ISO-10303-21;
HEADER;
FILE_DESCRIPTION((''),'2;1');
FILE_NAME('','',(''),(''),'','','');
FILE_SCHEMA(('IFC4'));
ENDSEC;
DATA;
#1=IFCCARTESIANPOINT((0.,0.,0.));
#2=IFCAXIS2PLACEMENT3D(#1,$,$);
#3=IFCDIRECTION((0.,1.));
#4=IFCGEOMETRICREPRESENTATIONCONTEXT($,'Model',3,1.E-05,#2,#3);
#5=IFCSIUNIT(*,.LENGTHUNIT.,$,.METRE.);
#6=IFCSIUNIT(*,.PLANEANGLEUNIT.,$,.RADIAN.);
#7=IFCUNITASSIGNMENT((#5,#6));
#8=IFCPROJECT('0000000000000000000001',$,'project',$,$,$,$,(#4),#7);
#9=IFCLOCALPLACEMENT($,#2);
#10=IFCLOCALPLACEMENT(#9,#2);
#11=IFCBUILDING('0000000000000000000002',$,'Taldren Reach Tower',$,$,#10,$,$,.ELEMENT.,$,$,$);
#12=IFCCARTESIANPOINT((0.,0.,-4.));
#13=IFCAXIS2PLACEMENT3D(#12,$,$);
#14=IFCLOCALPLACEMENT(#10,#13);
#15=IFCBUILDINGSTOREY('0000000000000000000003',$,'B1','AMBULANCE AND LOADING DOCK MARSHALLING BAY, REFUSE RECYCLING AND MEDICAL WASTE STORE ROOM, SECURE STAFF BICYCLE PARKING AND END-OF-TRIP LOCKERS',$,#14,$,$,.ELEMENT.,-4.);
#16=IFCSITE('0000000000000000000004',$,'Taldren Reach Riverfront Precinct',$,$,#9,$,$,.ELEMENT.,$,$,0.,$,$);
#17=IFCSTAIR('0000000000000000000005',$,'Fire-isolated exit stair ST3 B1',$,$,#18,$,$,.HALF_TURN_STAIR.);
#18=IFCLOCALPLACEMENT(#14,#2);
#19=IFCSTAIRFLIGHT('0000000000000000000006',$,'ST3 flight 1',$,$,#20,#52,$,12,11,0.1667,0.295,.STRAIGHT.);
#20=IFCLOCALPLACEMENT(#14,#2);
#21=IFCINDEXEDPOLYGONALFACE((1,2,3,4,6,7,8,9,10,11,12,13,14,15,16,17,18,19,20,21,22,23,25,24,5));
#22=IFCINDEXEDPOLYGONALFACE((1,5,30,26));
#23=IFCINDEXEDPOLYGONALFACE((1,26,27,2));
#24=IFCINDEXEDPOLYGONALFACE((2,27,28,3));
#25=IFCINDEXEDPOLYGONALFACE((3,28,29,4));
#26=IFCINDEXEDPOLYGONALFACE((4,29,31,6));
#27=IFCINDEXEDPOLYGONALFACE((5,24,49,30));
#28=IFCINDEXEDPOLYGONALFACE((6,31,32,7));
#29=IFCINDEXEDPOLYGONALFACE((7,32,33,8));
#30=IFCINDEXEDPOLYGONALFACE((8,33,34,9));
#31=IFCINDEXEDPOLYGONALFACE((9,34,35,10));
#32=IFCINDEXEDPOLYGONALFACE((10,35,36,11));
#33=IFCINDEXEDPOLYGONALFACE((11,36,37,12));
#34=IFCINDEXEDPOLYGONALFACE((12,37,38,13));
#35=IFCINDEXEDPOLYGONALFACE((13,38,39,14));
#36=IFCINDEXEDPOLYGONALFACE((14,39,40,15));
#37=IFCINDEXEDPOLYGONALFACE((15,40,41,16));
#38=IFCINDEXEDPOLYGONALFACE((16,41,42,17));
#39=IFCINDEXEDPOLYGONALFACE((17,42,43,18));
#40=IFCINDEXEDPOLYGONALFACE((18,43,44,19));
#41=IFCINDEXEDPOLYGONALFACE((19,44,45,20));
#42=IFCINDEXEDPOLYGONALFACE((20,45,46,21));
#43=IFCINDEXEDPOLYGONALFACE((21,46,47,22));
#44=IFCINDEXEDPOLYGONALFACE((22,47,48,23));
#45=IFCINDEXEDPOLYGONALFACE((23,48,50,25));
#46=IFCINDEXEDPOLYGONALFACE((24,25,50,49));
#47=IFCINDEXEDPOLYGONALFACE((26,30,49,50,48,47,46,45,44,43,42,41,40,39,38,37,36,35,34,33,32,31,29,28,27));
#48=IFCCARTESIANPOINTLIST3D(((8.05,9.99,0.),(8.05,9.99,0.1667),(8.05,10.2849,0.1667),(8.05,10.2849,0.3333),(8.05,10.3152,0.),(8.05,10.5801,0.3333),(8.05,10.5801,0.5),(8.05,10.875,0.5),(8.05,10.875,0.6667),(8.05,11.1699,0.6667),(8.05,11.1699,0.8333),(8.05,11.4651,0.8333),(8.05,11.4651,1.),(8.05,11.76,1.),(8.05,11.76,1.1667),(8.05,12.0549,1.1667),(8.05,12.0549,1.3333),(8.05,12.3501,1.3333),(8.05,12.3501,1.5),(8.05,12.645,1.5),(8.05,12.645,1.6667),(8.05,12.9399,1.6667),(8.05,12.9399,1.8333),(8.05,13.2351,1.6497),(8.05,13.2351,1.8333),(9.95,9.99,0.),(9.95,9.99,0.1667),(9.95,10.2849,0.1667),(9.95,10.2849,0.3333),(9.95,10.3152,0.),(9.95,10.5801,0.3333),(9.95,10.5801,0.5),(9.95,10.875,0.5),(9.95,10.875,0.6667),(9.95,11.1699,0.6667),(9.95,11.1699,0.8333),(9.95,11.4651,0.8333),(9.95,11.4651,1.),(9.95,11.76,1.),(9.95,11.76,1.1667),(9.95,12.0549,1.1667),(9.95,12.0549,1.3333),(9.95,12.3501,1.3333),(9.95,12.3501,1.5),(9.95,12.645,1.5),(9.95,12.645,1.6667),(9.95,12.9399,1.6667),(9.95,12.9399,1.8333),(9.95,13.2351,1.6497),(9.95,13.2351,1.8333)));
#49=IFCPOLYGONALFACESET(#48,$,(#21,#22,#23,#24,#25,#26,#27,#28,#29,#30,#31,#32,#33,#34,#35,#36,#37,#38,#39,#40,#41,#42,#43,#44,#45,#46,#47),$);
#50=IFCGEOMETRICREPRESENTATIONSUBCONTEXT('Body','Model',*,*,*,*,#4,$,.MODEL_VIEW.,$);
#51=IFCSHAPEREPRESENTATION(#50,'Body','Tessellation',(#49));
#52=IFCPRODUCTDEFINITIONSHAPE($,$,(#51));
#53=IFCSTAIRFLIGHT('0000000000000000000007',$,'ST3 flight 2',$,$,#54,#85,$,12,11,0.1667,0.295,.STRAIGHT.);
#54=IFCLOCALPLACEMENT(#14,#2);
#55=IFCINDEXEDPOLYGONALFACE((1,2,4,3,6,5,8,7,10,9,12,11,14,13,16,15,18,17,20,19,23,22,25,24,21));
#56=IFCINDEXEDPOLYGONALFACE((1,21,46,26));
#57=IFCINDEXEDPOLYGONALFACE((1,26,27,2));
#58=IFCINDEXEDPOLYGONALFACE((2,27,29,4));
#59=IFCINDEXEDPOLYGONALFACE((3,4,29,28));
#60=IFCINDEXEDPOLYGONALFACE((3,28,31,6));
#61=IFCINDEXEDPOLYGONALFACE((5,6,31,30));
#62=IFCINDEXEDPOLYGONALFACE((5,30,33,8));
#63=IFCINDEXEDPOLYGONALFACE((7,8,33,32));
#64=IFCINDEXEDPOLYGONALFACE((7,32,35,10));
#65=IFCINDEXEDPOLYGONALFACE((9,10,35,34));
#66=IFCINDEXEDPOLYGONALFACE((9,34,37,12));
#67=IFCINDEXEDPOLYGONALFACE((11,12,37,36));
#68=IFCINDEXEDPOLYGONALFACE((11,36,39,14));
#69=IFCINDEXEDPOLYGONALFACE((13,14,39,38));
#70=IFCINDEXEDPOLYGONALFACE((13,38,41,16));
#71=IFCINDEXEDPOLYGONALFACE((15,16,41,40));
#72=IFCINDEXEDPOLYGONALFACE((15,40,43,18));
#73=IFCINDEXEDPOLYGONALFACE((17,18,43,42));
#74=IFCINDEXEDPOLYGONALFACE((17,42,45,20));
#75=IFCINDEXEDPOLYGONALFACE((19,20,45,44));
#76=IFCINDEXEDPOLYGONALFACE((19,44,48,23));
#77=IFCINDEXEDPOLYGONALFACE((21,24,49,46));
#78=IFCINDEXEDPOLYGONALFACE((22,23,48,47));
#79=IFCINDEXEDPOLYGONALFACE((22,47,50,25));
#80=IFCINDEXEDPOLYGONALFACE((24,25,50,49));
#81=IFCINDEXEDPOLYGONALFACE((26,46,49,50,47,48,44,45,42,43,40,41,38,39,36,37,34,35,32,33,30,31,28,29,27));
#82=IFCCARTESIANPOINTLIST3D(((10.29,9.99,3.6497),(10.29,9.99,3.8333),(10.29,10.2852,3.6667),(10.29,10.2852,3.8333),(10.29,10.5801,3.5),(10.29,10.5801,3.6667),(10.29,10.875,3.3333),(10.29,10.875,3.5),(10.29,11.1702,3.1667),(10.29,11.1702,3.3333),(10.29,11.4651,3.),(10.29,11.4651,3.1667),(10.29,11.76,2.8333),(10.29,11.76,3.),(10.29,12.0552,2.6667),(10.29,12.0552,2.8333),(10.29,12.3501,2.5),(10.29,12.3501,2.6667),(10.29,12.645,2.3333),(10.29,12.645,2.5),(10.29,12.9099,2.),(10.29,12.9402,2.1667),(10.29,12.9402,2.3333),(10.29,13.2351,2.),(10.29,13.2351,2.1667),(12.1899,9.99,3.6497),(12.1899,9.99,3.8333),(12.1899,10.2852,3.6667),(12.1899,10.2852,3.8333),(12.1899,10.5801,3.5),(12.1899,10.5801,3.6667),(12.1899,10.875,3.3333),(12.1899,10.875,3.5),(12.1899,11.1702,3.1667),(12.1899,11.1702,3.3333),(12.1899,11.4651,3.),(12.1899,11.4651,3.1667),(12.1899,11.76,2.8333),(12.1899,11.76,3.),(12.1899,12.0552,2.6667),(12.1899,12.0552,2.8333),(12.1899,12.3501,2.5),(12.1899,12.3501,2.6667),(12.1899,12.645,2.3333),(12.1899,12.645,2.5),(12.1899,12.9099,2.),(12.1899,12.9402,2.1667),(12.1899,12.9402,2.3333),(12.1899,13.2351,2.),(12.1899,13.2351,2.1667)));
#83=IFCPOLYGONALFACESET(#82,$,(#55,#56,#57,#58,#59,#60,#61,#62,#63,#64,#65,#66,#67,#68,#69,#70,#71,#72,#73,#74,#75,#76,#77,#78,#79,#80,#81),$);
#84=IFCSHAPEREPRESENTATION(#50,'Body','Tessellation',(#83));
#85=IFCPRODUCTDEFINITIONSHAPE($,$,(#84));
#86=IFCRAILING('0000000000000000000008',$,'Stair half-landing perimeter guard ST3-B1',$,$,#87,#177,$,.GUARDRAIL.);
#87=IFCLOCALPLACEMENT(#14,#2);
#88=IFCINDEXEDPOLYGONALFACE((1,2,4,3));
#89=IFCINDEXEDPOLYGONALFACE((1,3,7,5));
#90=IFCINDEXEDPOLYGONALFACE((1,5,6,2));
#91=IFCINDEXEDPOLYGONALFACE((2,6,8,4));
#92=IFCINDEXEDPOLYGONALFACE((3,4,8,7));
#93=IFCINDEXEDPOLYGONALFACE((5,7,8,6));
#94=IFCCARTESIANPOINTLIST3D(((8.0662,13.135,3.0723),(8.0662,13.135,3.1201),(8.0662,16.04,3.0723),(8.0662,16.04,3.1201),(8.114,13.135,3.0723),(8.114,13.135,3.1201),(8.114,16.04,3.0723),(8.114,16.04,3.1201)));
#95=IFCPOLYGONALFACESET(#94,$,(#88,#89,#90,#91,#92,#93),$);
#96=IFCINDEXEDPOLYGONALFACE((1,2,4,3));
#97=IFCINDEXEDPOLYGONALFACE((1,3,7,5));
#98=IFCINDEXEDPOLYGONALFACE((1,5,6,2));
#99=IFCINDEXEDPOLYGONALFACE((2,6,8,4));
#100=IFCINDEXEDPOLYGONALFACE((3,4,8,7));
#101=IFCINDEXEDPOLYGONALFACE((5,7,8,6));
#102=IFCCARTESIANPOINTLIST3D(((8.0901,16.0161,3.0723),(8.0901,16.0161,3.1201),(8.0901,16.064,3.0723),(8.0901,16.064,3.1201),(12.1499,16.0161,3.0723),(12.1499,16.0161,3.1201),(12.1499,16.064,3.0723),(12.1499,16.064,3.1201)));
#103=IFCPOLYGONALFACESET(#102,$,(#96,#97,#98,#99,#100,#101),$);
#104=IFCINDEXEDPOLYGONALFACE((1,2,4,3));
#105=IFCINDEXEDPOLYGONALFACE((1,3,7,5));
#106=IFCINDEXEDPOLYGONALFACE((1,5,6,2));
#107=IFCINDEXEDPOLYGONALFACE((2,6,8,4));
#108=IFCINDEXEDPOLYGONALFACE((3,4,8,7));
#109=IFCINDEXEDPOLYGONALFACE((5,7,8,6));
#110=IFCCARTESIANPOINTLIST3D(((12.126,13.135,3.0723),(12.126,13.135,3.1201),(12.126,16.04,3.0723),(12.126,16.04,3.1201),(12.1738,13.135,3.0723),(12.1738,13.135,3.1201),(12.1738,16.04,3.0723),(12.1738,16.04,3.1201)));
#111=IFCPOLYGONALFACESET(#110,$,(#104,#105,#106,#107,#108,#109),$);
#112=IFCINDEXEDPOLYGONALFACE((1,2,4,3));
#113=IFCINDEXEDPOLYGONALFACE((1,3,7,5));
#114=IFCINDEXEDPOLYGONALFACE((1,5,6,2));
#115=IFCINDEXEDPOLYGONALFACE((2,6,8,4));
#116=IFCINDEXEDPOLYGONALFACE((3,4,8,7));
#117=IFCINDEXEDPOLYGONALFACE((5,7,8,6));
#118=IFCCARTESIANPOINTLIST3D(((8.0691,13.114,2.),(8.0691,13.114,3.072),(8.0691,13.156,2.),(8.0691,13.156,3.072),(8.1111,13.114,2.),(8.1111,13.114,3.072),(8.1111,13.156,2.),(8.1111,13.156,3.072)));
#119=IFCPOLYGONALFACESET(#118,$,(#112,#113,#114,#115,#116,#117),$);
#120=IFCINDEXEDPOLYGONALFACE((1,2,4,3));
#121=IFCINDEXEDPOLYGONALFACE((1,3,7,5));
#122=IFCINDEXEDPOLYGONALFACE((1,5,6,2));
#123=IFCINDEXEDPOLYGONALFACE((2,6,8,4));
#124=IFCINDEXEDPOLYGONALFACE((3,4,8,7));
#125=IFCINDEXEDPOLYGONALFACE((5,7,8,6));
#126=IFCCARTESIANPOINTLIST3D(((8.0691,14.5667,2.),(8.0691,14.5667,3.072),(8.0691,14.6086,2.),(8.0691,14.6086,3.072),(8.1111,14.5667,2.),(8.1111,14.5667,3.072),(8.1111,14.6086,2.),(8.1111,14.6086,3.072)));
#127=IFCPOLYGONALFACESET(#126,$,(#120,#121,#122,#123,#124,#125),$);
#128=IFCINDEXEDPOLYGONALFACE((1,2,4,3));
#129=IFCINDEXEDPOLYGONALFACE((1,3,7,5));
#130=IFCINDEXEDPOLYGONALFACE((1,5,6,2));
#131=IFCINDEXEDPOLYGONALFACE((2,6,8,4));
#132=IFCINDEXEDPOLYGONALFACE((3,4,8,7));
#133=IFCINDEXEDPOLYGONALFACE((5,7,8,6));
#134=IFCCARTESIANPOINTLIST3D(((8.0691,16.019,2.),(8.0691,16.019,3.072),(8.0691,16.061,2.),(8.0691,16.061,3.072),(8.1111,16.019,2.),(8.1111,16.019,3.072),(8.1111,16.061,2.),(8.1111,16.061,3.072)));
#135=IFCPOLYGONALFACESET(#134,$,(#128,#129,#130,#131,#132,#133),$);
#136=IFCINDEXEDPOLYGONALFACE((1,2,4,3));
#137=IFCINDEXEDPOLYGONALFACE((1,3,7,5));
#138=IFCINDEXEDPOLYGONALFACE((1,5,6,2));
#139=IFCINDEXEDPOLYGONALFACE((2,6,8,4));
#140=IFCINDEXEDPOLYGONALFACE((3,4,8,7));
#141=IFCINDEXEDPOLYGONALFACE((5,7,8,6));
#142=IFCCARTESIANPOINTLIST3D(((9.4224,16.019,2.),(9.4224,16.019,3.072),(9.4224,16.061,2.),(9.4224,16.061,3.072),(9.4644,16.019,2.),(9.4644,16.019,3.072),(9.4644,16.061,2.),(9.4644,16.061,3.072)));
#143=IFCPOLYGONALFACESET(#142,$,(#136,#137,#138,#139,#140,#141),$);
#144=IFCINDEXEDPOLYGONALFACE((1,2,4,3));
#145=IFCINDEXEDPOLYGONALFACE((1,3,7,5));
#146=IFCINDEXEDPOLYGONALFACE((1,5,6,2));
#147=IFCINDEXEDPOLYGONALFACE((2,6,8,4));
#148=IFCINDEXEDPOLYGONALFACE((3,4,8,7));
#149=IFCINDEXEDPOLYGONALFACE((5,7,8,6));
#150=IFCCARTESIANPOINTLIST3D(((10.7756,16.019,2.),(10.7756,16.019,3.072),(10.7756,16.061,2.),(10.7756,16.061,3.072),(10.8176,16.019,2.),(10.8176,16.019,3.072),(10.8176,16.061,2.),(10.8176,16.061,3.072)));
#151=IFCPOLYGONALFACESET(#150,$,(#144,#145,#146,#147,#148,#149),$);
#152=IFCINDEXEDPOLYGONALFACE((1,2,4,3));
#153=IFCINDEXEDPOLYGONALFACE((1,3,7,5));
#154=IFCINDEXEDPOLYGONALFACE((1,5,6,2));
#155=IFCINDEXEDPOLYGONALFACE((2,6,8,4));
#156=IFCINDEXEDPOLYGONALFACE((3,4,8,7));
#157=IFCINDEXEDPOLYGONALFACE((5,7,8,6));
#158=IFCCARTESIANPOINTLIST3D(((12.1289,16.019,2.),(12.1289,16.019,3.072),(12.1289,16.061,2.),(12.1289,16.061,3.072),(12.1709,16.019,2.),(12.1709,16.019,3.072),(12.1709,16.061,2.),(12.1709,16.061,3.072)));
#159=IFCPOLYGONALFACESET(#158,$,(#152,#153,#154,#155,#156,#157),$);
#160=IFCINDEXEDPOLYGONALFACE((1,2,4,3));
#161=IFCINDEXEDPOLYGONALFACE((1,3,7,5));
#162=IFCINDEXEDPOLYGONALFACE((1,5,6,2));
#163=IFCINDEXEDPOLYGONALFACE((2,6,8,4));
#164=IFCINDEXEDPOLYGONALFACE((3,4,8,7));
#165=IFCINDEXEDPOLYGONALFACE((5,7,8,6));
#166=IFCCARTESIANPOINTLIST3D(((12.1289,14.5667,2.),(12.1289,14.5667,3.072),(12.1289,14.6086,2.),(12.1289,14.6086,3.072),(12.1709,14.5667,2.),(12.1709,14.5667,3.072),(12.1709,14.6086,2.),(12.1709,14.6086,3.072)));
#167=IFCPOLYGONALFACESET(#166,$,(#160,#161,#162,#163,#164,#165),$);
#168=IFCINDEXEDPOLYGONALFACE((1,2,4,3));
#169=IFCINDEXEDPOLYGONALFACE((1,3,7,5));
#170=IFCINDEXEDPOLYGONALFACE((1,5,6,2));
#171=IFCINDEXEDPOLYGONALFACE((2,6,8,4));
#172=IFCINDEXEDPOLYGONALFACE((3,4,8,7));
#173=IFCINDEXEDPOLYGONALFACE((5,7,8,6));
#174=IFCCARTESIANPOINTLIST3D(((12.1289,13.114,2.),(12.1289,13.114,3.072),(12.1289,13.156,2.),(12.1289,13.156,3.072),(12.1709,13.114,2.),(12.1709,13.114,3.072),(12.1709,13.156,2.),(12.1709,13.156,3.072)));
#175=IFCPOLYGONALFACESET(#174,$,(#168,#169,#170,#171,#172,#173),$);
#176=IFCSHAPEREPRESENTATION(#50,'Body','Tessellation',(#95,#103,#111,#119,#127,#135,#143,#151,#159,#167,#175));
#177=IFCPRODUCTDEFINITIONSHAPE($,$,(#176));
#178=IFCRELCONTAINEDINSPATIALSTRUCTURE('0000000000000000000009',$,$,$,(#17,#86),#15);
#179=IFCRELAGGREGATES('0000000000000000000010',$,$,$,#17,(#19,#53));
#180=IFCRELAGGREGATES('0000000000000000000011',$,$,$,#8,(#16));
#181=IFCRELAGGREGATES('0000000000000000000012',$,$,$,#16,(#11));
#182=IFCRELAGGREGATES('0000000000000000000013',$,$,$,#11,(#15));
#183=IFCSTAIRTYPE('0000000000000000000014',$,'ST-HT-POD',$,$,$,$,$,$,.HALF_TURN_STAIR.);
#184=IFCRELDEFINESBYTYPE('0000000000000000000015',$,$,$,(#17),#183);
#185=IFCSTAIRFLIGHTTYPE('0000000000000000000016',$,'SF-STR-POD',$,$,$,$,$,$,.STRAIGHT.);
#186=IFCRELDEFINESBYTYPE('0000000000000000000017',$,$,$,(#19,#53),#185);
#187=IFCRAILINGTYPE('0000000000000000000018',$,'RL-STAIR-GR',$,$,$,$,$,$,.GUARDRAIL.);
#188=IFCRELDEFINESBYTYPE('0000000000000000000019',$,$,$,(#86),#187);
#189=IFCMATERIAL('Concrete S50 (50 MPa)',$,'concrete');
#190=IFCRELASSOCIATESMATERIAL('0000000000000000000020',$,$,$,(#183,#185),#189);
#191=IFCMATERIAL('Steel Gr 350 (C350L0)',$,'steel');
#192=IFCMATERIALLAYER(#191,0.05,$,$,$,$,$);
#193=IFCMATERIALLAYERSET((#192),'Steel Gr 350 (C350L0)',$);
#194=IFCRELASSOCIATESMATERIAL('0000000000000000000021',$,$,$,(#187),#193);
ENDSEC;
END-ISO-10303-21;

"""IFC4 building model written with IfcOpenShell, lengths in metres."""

from ifc_helpers import new_model, si_unit, direction, frame, origin, origin_2d, place, context, subcontext, project, spatial, polyline, rectangle, outline, extrude, material, layer, layer_set, type_object, element, aggregate, save


model = new_model("IFC4")

# Units and contexts
model_context = context("Model", 3, precision=1e-05, world=origin(), true_north=direction((0.0, 1.0)))
body_context = subcontext(model_context, "Body", "Model", "MODEL_VIEW")
ifc_project = project(units=[si_unit("LENGTHUNIT", "METRE"), si_unit("PLANEANGLEUNIT", "RADIAN")], contexts=[model_context])

# Site, building, storey
site_placement = place(None, origin())
site = spatial("IfcSite", under=ifc_project, at=site_placement, Name="Taldren Reach Riverfront Precinct", CompositionType="ELEMENT", RefElevation=0.0)
building_placement = place(site_placement, origin())
building = spatial("IfcBuilding", under=site, at=building_placement, Name="Taldren Reach Tower", CompositionType="ELEMENT")
storey_placement = place(building_placement, frame((0.0, 0.0, -4.0)))
storey = spatial("IfcBuildingStorey", under=building, at=storey_placement, Name="B1", Description="AMBULANCE AND LOADING DOCK MARSHALLING BAY, REFUSE RECYCLING AND MEDICAL WASTE STORE ROOM, SECURE STAFF BICYCLE PARKING AND END-OF-TRIP LOCKERS", CompositionType="ELEMENT", Elevation=-4.0)

# Shared definitions
ifc_material_1 = material(Name="Steel Gr 350 (C350L0)", Category="steel")

# Stair, stair flights
ifc_material_2 = material(Name="Concrete S50 (50 MPa)", Category="concrete")
stair_type = type_object("IfcStairType", Name="ST-HT-POD", PredefinedType="HALF_TURN_STAIR", material=ifc_material_2)
stair_placement = place(storey_placement, origin())
stair = element("IfcStair", 1, at=stair_placement, inside=storey, type_object=stair_type, Name="Fire-isolated exit stair ST3 B1", PredefinedType="HALF_TURN_STAIR")
stair_flight_type = type_object("IfcStairFlightType", Name="SF-STR-POD", PredefinedType="STRAIGHT", material=ifc_material_2)
stair_flight_1_placement = place(storey_placement, frame((9.0, 9.99, 0.0), z_axis=(0.0, 0.0, 1.0), x_axis=(0.0, 1.0, 0.0)))
stair_flight_1 = element("IfcStairFlight", 2, at=stair_flight_1_placement, type_object=stair_flight_type, Name="ST3 flight 1", NumberOfRisers=12, NumberOfTreads=11, PredefinedType="STRAIGHT", RiserHeight=0.1667, TreadLength=0.295, context=body_context, shape_type="SweptSolid", body=[
    extrude(outline(polyline([(0.0, 0.0), (0.0, 0.1667), (0.2949, 0.1667), (0.2949, 0.3333), (0.5901, 0.3333), (0.5901, 0.5), (0.885, 0.5), (0.885, 0.6667), (1.1799, 0.6667), (1.1799, 0.8333), (1.4751, 0.8333), (1.4751, 1.0), (1.77, 1.0), (1.77, 1.1667), (2.0649, 1.1667), (2.0649, 1.3333), (2.3601, 1.3333), (2.3601, 1.5), (2.655, 1.5), (2.655, 1.6667), (2.95, 1.6667), (2.95, 1.8333), (3.2451, 1.8333), (3.2451, 2.0), (3.2451, 1.6497), (0.3252, 0.0), (0.0, 0.0)])), frame((0.0, 0.95, 0.0), z_axis=(0.0, -1.0, 0.0), x_axis=(1.0, 0.0, 0.0)), (0.0, 0.0, 1.0), 1.8999),
])
stair_flight_2_placement = place(storey_placement, frame((11.24, 13.2351, 2.0), z_axis=(0.0, 0.0, 1.0), x_axis=(0.0, -1.0, 0.0)))
stair_flight_2 = element("IfcStairFlight", 3, at=stair_flight_2_placement, type_object=stair_flight_type, Name="ST3 flight 2", NumberOfRisers=12, NumberOfTreads=11, PredefinedType="STRAIGHT", RiserHeight=0.1667, TreadLength=0.295, context=body_context, shape_type="SweptSolid", body=[
    extrude(outline(polyline([(0.0, 0.0), (0.0, 0.1667), (0.2949, 0.1667), (0.2949, 0.3333), (0.5901, 0.3333), (0.5901, 0.5), (0.885, 0.5), (0.885, 0.6667), (1.1799, 0.6667), (1.1799, 0.8333), (1.4751, 0.8333), (1.4751, 1.0), (1.77, 1.0), (1.77, 1.1667), (2.0649, 1.1667), (2.0649, 1.3333), (2.3601, 1.3333), (2.3601, 1.5), (2.655, 1.5), (2.655, 1.6667), (2.95, 1.6667), (2.95, 1.8333), (3.2451, 1.8333), (3.2451, 2.0), (3.2451, 1.6497), (0.3252, 0.0), (0.0, 0.0)])), frame((0.0, 0.95, 0.0), z_axis=(0.0, -1.0, 0.0), x_axis=(1.0, 0.0, 0.0)), (0.0, 0.0, 1.0), 1.8999),
])
aggregate(stair, [stair_flight_1, stair_flight_2])

# Railing
ifc_layer_1 = layer(ifc_material_1, 0.05)
ifc_layer_set_1 = layer_set([ifc_layer_1], Name="Steel Gr 350 (C350L0)")
railing_type_1 = type_object("IfcRailingType", Name="RL-STAIR-GR", PredefinedType="GUARDRAIL", material=ifc_layer_set_1)
railing_1_placement = place(storey_placement, frame((8.0901, 13.135, 2.0)))
element("IfcRailing", 4, at=railing_1_placement, inside=storey, type_object=railing_type_1, Name="Stair half-landing perimeter guard ST3-B1", PredefinedType="GUARDRAIL", context=body_context, shape_type="SweptSolid", body=[
    extrude(rectangle(XDim=0.0479, YDim=0.0479, at=origin_2d()), frame((0.0, 0.0, 1.0962), z_axis=(0.0, 1.0, 0.0), x_axis=(-1.0, 0.0, 0.0)), (0.0, 0.0, 1.0), 2.905),
    extrude(rectangle(XDim=0.0479, YDim=0.0479, at=origin_2d()), frame((0.0, 2.905, 1.0962), z_axis=(1.0, 0.0, 0.0), x_axis=(0.0, 1.0, 0.0)), (0.0, 0.0, 1.0), 4.0598),
    extrude(rectangle(XDim=0.0479, YDim=0.0479, at=origin_2d()), frame((4.0598, 2.905, 1.0962), z_axis=(0.0, -1.0, 0.0), x_axis=(1.0, 0.0, 0.0)), (0.0, 0.0, 1.0), 2.905),
    extrude(rectangle(XDim=0.042, YDim=0.042, at=origin_2d()), origin(), (0.0, 0.0, 1.0), 1.072),
    extrude(rectangle(XDim=0.042, YDim=0.042, at=origin_2d()), frame((0.0, 1.4526, 0.0)), (0.0, 0.0, 1.0), 1.072),
    extrude(rectangle(XDim=0.042, YDim=0.042, at=origin_2d()), frame((0.0, 2.905, 0.0)), (0.0, 0.0, 1.0), 1.072),
    extrude(rectangle(XDim=0.042, YDim=0.042, at=origin_2d()), frame((1.3533, 2.905, 0.0)), (0.0, 0.0, 1.0), 1.072),
    extrude(rectangle(XDim=0.042, YDim=0.042, at=origin_2d()), frame((2.7065, 2.905, 0.0)), (0.0, 0.0, 1.0), 1.072),
    extrude(rectangle(XDim=0.042, YDim=0.042, at=origin_2d()), frame((4.0598, 2.905, 0.0)), (0.0, 0.0, 1.0), 1.072),
    extrude(rectangle(XDim=0.042, YDim=0.042, at=origin_2d()), frame((4.0598, 1.4526, 0.0)), (0.0, 0.0, 1.0), 1.072),
    extrude(rectangle(XDim=0.042, YDim=0.042, at=origin_2d()), frame((4.0598, 0.0, 0.0)), (0.0, 0.0, 1.0), 1.072),
])

save(model, "model.ifc")
